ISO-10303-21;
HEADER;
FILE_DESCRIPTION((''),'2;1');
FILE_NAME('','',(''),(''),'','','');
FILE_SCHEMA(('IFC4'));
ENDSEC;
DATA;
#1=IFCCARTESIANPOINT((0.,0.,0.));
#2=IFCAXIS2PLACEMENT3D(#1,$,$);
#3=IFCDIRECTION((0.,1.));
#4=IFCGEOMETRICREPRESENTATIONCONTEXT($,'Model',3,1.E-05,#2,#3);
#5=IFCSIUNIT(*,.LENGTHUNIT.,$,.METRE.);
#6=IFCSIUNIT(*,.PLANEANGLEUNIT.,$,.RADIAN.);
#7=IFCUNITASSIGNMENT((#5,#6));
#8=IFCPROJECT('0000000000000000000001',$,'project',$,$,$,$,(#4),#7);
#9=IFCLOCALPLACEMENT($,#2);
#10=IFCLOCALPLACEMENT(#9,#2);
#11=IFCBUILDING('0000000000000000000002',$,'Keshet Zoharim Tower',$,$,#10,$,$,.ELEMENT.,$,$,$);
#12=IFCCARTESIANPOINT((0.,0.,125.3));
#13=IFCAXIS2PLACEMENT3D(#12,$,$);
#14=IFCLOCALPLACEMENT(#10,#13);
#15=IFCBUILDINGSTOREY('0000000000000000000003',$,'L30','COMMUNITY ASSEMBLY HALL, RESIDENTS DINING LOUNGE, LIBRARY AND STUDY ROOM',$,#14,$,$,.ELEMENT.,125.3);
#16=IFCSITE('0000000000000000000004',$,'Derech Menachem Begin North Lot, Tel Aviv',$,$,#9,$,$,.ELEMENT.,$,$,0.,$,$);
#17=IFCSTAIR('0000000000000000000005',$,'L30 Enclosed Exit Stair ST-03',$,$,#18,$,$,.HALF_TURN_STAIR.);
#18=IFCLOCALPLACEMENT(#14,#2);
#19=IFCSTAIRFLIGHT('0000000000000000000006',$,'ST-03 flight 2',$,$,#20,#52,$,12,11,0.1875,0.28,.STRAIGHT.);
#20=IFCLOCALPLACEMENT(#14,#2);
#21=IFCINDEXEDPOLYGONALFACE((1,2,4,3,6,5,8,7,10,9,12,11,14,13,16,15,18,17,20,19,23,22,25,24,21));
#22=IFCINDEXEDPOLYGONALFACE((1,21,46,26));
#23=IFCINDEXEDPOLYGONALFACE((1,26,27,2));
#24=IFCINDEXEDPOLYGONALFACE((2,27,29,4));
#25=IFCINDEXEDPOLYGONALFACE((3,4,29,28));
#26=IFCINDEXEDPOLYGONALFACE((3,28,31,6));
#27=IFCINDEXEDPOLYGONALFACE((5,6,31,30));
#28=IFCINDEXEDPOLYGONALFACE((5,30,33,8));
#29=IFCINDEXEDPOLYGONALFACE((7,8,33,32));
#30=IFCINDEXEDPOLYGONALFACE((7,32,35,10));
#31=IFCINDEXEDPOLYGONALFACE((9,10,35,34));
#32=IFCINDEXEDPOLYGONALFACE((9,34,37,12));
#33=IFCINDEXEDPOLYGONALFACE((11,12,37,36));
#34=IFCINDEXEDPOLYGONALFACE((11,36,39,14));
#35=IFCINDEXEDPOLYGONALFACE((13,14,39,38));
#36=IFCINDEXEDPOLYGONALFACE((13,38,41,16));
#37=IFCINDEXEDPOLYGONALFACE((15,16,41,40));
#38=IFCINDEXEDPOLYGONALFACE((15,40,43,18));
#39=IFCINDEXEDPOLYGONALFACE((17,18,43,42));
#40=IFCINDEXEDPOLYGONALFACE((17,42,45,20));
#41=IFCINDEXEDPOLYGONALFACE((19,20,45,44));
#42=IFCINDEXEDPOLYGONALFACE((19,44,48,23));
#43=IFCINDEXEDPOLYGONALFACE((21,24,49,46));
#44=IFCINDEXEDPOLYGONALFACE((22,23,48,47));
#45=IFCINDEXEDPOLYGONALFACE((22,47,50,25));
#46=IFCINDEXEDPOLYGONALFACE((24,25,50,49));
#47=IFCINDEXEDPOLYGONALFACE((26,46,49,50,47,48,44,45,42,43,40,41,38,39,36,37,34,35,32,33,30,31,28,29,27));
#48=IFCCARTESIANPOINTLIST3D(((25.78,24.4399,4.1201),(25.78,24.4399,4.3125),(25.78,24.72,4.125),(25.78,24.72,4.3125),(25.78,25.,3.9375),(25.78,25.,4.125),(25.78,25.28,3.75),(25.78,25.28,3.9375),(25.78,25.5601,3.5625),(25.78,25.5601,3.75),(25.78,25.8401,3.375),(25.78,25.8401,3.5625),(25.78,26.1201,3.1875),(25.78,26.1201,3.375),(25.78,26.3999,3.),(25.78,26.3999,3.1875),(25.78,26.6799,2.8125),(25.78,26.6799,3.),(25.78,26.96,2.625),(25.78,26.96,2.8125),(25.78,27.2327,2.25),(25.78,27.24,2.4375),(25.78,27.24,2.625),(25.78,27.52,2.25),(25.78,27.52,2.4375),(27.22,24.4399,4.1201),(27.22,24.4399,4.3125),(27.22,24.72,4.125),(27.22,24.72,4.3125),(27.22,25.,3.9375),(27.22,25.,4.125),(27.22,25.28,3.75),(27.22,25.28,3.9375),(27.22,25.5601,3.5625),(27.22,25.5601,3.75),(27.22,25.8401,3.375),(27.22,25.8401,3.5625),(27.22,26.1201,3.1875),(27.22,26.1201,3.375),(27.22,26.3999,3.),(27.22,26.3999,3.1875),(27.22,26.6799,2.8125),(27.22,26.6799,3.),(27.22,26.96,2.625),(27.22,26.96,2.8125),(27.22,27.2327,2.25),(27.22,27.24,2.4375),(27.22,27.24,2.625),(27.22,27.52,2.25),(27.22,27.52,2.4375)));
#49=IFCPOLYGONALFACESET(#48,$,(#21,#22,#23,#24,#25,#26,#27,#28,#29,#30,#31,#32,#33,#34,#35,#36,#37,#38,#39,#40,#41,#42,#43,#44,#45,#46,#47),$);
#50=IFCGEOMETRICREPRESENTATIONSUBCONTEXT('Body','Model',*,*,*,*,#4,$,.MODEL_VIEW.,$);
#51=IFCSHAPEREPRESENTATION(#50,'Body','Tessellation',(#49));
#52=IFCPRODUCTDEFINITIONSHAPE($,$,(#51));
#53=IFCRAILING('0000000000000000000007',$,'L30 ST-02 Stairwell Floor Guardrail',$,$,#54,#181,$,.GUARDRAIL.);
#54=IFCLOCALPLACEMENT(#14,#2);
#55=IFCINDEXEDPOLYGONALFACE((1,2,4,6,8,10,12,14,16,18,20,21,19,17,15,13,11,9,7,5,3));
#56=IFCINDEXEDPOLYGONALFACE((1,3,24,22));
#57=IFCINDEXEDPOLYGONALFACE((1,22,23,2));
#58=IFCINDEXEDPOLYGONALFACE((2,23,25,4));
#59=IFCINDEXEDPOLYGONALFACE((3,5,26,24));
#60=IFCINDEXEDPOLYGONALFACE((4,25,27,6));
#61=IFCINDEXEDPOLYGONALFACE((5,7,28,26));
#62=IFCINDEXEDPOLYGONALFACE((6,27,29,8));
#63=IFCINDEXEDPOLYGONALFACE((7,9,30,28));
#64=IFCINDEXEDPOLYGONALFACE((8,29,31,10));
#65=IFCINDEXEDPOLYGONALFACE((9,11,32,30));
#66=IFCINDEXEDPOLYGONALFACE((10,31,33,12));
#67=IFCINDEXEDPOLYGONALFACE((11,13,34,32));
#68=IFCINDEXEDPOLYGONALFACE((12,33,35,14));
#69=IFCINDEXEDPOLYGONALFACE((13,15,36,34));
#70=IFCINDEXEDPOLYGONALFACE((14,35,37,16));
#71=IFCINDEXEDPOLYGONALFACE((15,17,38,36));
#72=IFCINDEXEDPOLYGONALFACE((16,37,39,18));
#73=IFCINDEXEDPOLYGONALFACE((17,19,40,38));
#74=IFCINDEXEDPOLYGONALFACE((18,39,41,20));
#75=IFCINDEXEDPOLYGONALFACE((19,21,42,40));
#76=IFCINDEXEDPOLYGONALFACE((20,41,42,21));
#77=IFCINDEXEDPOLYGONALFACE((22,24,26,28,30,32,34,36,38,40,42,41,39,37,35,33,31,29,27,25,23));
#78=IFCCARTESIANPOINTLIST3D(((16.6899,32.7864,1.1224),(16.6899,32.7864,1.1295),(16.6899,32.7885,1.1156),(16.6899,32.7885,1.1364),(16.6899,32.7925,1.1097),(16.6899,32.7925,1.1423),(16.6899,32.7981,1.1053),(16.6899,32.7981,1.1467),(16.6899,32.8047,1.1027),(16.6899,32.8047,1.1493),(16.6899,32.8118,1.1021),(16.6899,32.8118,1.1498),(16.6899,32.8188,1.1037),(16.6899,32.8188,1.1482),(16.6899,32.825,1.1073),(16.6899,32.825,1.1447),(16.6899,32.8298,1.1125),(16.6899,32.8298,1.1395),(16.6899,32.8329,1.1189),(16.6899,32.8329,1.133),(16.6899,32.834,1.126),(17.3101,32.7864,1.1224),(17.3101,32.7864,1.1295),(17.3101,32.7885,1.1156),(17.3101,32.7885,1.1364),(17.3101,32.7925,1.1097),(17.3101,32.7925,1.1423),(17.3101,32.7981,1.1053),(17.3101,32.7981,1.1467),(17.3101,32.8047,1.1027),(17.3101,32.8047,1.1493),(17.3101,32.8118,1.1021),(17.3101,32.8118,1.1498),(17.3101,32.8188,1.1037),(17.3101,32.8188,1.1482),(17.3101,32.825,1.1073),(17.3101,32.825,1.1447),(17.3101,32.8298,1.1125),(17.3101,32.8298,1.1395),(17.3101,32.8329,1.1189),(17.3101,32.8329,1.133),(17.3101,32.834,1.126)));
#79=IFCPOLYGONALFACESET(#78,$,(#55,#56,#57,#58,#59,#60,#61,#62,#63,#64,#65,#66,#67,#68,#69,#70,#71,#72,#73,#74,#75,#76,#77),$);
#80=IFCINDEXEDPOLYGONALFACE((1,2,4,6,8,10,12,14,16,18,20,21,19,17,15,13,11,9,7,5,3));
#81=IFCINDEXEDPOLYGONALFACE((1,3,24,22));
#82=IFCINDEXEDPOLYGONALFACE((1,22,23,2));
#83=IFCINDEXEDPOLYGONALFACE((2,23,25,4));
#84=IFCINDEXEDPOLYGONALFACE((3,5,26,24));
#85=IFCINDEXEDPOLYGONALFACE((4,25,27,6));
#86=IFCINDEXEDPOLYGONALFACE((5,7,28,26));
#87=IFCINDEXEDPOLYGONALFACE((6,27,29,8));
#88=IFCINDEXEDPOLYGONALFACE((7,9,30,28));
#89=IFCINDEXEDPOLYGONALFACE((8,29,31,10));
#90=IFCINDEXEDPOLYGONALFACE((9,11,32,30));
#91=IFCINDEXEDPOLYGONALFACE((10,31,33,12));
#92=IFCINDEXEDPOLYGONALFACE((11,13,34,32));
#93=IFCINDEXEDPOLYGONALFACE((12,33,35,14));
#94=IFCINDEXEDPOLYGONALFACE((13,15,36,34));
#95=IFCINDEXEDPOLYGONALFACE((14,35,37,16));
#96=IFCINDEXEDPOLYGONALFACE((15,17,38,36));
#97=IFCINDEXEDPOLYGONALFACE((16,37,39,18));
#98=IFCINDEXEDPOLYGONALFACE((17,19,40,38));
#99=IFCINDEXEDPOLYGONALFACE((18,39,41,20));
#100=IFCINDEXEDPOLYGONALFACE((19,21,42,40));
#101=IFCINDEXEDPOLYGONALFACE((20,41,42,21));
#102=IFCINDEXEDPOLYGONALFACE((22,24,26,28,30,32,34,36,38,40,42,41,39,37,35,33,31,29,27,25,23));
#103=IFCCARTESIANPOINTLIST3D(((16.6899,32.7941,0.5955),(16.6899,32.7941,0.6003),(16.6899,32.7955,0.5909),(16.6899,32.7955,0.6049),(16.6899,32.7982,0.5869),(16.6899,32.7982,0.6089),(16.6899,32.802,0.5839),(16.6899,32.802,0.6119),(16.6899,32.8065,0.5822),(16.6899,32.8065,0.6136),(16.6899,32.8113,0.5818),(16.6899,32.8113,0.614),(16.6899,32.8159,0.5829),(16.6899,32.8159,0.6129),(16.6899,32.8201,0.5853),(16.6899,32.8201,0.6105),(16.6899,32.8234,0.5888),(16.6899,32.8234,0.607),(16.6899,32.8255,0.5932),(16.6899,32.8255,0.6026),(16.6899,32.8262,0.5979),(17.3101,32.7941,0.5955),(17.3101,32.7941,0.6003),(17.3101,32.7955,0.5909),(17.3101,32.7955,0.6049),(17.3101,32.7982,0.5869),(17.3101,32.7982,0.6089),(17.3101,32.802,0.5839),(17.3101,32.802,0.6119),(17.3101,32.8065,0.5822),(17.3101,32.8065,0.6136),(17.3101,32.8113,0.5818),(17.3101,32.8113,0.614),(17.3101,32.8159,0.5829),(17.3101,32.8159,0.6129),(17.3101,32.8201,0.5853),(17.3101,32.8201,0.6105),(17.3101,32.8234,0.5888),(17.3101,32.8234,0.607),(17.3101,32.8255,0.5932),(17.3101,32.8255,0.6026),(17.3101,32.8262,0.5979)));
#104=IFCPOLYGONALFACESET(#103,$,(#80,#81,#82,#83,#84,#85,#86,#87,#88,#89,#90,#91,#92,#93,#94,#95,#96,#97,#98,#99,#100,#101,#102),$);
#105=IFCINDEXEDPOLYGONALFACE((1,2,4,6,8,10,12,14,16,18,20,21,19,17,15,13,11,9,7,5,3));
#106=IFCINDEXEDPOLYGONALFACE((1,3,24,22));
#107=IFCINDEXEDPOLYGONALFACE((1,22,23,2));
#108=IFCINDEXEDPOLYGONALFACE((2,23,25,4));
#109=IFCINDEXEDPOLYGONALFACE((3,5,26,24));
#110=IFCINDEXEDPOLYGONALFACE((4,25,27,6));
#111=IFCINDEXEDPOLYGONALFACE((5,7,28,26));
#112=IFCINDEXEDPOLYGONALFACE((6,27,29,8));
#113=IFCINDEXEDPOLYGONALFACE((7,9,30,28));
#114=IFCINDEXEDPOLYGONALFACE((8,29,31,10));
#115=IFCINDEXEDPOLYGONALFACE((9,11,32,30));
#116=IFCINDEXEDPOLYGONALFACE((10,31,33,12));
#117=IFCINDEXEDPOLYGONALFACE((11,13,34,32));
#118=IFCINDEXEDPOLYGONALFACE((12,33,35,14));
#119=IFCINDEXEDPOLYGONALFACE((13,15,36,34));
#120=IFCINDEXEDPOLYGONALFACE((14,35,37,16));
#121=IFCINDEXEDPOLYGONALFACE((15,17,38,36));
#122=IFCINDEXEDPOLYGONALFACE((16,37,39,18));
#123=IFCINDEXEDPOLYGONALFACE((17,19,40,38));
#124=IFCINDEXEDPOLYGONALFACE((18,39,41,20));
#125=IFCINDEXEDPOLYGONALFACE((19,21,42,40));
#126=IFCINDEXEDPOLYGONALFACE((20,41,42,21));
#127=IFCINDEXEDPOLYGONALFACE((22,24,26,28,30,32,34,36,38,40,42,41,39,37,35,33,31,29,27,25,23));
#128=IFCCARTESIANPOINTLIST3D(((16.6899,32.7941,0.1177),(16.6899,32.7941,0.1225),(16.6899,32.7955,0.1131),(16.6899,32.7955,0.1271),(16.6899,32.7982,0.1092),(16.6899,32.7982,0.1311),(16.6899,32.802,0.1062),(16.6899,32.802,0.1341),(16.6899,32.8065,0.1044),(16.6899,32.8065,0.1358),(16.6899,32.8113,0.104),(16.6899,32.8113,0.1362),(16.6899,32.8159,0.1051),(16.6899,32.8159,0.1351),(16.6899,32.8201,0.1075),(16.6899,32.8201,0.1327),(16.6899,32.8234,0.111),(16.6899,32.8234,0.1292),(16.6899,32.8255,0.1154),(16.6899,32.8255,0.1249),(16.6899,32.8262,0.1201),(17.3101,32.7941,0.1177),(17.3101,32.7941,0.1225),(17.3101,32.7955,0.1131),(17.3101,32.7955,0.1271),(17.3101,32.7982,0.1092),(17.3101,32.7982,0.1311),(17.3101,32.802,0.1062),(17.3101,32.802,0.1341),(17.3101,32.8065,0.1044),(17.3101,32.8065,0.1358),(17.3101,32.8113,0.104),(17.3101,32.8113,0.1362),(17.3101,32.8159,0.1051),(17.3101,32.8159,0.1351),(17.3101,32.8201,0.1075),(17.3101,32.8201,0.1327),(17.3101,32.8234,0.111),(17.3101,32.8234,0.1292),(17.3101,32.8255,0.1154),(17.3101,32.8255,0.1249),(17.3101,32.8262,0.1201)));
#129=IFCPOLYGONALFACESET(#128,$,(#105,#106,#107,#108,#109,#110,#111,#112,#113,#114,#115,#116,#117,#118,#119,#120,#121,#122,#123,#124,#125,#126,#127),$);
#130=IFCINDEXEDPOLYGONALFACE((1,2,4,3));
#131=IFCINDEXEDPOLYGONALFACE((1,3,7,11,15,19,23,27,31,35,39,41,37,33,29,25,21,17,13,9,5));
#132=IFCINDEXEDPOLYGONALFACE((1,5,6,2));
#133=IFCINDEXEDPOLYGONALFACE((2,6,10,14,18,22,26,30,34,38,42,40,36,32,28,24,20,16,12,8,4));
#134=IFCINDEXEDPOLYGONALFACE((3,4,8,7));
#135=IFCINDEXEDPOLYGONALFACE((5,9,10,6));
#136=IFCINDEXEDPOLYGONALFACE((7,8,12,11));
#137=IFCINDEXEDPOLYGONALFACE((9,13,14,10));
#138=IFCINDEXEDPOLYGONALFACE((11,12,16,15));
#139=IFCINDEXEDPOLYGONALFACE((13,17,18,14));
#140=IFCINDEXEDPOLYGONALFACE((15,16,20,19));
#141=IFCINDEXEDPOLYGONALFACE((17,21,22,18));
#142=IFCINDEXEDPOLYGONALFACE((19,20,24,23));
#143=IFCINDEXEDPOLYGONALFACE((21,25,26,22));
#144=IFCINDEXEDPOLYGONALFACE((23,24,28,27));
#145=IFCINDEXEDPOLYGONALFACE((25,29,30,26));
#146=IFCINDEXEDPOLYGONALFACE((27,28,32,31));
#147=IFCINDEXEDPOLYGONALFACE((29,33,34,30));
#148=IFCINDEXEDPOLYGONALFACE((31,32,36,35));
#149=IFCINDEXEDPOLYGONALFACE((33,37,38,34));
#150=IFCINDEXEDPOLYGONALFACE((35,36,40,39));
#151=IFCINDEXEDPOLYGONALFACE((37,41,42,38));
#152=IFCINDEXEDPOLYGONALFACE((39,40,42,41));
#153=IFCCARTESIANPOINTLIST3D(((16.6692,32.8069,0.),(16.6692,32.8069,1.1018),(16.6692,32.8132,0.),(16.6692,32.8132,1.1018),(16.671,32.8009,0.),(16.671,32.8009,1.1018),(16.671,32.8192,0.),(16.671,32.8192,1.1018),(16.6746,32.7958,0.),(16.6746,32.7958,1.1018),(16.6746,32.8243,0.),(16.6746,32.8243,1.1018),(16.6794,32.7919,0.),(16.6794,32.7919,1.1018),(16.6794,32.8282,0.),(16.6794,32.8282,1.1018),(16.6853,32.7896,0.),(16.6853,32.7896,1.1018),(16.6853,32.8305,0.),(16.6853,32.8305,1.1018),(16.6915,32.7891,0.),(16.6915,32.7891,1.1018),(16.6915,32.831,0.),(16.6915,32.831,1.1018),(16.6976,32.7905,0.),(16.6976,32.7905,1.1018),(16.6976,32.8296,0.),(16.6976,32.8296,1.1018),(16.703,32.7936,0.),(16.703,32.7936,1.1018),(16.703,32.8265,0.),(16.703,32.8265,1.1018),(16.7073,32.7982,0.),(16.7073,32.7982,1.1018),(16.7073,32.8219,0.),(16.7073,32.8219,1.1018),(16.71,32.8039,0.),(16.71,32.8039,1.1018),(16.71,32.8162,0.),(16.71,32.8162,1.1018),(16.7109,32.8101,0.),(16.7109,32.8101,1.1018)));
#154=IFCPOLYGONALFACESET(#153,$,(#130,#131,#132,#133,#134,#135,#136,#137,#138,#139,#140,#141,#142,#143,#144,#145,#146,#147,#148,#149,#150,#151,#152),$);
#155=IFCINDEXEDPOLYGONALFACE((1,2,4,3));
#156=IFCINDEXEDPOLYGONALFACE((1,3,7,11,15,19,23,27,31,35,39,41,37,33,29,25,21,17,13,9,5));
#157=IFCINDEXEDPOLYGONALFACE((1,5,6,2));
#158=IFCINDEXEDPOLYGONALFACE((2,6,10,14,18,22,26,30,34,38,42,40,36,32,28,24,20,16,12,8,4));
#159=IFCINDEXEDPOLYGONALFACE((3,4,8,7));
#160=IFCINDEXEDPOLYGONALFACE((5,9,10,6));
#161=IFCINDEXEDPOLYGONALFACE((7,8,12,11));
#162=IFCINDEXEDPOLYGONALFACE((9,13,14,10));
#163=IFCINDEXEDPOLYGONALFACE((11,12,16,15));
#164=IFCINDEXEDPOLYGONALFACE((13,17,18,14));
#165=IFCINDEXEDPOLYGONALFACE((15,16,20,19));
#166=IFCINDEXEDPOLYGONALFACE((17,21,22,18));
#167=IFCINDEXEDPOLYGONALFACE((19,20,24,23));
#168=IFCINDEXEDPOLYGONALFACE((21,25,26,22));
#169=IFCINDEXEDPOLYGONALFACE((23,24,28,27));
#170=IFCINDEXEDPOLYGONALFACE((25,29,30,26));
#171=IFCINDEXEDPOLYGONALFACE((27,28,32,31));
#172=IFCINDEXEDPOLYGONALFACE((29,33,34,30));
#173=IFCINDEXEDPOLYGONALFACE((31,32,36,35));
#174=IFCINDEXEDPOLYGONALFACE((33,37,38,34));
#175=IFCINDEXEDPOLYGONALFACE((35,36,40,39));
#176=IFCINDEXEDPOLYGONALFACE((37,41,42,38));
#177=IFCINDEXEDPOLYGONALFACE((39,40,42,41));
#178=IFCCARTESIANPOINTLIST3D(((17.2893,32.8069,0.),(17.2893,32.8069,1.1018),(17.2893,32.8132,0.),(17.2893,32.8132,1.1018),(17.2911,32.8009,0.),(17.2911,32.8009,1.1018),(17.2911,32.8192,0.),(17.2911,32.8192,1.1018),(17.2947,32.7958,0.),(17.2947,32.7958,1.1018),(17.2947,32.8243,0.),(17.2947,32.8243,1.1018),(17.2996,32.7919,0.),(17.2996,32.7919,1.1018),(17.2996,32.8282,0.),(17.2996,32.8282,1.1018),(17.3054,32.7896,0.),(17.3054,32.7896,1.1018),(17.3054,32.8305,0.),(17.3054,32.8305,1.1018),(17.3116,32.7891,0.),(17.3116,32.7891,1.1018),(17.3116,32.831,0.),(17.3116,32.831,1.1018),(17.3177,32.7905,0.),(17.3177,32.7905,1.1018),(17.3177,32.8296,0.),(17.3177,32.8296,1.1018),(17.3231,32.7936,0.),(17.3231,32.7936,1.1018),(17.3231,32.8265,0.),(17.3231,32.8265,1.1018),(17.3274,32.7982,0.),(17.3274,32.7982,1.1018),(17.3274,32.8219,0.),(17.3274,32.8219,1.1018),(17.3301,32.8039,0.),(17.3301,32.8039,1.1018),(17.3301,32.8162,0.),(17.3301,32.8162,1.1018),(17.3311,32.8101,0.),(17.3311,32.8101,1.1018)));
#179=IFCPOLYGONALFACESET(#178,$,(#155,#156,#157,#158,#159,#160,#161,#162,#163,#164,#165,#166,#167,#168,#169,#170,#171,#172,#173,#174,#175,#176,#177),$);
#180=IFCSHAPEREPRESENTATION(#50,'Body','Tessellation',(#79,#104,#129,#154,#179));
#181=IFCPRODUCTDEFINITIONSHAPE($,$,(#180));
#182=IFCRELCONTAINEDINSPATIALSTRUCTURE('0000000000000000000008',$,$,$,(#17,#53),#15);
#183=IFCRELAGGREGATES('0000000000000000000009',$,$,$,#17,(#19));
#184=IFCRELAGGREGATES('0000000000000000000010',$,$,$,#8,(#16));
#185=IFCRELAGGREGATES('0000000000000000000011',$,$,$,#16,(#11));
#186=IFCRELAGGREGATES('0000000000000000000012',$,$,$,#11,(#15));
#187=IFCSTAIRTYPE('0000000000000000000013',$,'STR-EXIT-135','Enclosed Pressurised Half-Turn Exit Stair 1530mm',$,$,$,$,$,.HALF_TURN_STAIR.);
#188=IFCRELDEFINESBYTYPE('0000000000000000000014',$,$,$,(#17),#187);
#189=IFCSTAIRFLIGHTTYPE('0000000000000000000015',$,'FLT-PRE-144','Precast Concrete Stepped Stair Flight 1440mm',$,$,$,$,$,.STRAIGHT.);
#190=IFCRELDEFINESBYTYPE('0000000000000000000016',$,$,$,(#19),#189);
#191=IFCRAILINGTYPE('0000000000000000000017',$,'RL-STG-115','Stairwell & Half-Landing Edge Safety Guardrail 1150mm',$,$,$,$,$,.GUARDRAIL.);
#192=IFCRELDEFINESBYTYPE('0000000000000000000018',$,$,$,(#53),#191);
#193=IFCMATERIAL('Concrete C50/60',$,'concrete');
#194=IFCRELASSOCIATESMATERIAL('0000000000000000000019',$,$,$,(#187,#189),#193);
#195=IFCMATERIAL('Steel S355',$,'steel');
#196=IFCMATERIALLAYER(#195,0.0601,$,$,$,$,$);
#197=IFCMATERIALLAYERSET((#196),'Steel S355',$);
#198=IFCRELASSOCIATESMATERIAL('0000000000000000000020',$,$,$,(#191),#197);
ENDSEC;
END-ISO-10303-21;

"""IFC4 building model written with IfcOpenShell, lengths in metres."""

from ifc_helpers import new_model, si_unit, direction, frame, origin, origin_2d, place, context, subcontext, project, spatial, polyline, circle, outline, extrude, material, layer, layer_set, type_object, element, aggregate, save


model = new_model("IFC4")

# Units and contexts
model_context = context("Model", 3, precision=1e-05, world=origin(), true_north=direction((0.0, 1.0)))
body_context = subcontext(model_context, "Body", "Model", "MODEL_VIEW")
ifc_project = project(units=[si_unit("LENGTHUNIT", "METRE"), si_unit("PLANEANGLEUNIT", "RADIAN")], contexts=[model_context])

# Site, building, storey
site_placement = place(None, origin())
site = spatial("IfcSite", under=ifc_project, at=site_placement, Name="Derech Menachem Begin North Lot, Tel Aviv", CompositionType="ELEMENT", RefElevation=0.0)
building_placement = place(site_placement, origin())
building = spatial("IfcBuilding", under=site, at=building_placement, Name="Keshet Zoharim Tower", CompositionType="ELEMENT")
storey_placement = place(building_placement, frame((0.0, 0.0, 125.3)))
storey = spatial("IfcBuildingStorey", under=building, at=storey_placement, Name="L30", Description="COMMUNITY ASSEMBLY HALL, RESIDENTS DINING LOUNGE, LIBRARY AND STUDY ROOM", CompositionType="ELEMENT", Elevation=125.3)

# Shared definitions
ifc_material_1 = material(Name="Steel S355", Category="steel")

# Shared definitions
ifc_material_2 = material(Name="Concrete C50/60", Category="concrete")

# Shared definitions
stair_type = type_object("IfcStairType", Name="STR-EXIT-135", Description="Enclosed Pressurised Half-Turn Exit Stair 1530mm", PredefinedType="HALF_TURN_STAIR", material=ifc_material_2)

# Stair, stair flight
stair_1_placement = place(storey_placement, origin())
stair_1 = element("IfcStair", 1, at=stair_1_placement, inside=storey, type_object=stair_type, Name="L30 Enclosed Exit Stair ST-03", PredefinedType="HALF_TURN_STAIR")
stair_flight_type_1 = type_object("IfcStairFlightType", Name="FLT-PRE-144", Description="Precast Concrete Stepped Stair Flight 1440mm", PredefinedType="STRAIGHT", material=ifc_material_2)
stair_flight_1_placement = place(storey_placement, frame((26.5, 27.52, 2.25), z_axis=(0.0, 0.0, 1.0), x_axis=(0.0, -1.0, 0.0)))
stair_flight_1 = element("IfcStairFlight", 2, at=stair_flight_1_placement, type_object=stair_flight_type_1, Name="ST-03 flight 2", NumberOfRisers=12, NumberOfTreads=11, PredefinedType="STRAIGHT", RiserHeight=0.1875, TreadLength=0.28, context=body_context, shape_type="SweptSolid", body=[
    extrude(outline(polyline([(0.0, 0.0), (0.0, 0.1875), (0.28, 0.1875), (0.28, 0.375), (0.5601, 0.375), (0.5601, 0.5625), (0.8401, 0.5625), (0.8401, 0.75), (1.1201, 0.75), (1.1201, 0.9375), (1.3999, 0.9375), (1.3999, 1.125), (1.6799, 1.125), (1.6799, 1.3125), (1.96, 1.3125), (1.96, 1.5), (2.24, 1.5), (2.24, 1.6875), (2.52, 1.6875), (2.52, 1.875), (2.8, 1.875), (2.8, 2.0625), (3.0801, 2.0625), (3.0801, 2.25), (3.0801, 1.8701), (0.2874, 0.0), (0.0, 0.0)])), frame((0.0, 0.72, 0.0), z_axis=(0.0, -1.0, 0.0), x_axis=(1.0, 0.0, 0.0)), (0.0, 0.0, 1.0), 1.4399),
])
aggregate(stair_1, [stair_flight_1])

# Railing
ifc_layer_1 = layer(ifc_material_1, 0.0601)
ifc_layer_set_1 = layer_set([ifc_layer_1], Name="Steel S355")
railing_type_1 = type_object("IfcRailingType", Name="RL-STG-115", Description="Stairwell & Half-Landing Edge Safety Guardrail 1150mm", PredefinedType="GUARDRAIL", material=ifc_layer_set_1)
railing_1_placement = place(storey_placement, frame((16.6899, 32.8101, 0.0)))
element("IfcRailing", 3, at=railing_1_placement, inside=storey, type_object=railing_type_1, Name="L30 ST-02 Stairwell Floor Guardrail", PredefinedType="GUARDRAIL", context=body_context, shape_type="SweptSolid", body=[
    extrude(circle(Radius=0.0239, at=origin_2d()), frame((0.0, 0.0, 1.126), z_axis=(1.0, 0.0, 0.0), x_axis=(0.0, 1.0, 0.0)), (0.0, 0.0, 1.0), 0.6201),
    extrude(circle(Radius=0.0161, at=origin_2d()), frame((0.0, 0.0, 0.5979), z_axis=(1.0, 0.0, 0.0), x_axis=(0.0, 1.0, 0.0)), (0.0, 0.0, 1.0), 0.6201),
    extrude(circle(Radius=0.0161, at=origin_2d()), frame((0.0, 0.0, 0.1201), z_axis=(1.0, 0.0, 0.0), x_axis=(0.0, 1.0, 0.0)), (0.0, 0.0, 1.0), 0.6201),
    extrude(circle(Radius=0.021, at=origin_2d()), origin(), (0.0, 0.0, 1.0), 1.1018),
    extrude(circle(Radius=0.021, at=origin_2d()), frame((0.6201, 0.0, 0.0)), (0.0, 0.0, 1.0), 1.1018),
])

save(model, "model.ifc")
